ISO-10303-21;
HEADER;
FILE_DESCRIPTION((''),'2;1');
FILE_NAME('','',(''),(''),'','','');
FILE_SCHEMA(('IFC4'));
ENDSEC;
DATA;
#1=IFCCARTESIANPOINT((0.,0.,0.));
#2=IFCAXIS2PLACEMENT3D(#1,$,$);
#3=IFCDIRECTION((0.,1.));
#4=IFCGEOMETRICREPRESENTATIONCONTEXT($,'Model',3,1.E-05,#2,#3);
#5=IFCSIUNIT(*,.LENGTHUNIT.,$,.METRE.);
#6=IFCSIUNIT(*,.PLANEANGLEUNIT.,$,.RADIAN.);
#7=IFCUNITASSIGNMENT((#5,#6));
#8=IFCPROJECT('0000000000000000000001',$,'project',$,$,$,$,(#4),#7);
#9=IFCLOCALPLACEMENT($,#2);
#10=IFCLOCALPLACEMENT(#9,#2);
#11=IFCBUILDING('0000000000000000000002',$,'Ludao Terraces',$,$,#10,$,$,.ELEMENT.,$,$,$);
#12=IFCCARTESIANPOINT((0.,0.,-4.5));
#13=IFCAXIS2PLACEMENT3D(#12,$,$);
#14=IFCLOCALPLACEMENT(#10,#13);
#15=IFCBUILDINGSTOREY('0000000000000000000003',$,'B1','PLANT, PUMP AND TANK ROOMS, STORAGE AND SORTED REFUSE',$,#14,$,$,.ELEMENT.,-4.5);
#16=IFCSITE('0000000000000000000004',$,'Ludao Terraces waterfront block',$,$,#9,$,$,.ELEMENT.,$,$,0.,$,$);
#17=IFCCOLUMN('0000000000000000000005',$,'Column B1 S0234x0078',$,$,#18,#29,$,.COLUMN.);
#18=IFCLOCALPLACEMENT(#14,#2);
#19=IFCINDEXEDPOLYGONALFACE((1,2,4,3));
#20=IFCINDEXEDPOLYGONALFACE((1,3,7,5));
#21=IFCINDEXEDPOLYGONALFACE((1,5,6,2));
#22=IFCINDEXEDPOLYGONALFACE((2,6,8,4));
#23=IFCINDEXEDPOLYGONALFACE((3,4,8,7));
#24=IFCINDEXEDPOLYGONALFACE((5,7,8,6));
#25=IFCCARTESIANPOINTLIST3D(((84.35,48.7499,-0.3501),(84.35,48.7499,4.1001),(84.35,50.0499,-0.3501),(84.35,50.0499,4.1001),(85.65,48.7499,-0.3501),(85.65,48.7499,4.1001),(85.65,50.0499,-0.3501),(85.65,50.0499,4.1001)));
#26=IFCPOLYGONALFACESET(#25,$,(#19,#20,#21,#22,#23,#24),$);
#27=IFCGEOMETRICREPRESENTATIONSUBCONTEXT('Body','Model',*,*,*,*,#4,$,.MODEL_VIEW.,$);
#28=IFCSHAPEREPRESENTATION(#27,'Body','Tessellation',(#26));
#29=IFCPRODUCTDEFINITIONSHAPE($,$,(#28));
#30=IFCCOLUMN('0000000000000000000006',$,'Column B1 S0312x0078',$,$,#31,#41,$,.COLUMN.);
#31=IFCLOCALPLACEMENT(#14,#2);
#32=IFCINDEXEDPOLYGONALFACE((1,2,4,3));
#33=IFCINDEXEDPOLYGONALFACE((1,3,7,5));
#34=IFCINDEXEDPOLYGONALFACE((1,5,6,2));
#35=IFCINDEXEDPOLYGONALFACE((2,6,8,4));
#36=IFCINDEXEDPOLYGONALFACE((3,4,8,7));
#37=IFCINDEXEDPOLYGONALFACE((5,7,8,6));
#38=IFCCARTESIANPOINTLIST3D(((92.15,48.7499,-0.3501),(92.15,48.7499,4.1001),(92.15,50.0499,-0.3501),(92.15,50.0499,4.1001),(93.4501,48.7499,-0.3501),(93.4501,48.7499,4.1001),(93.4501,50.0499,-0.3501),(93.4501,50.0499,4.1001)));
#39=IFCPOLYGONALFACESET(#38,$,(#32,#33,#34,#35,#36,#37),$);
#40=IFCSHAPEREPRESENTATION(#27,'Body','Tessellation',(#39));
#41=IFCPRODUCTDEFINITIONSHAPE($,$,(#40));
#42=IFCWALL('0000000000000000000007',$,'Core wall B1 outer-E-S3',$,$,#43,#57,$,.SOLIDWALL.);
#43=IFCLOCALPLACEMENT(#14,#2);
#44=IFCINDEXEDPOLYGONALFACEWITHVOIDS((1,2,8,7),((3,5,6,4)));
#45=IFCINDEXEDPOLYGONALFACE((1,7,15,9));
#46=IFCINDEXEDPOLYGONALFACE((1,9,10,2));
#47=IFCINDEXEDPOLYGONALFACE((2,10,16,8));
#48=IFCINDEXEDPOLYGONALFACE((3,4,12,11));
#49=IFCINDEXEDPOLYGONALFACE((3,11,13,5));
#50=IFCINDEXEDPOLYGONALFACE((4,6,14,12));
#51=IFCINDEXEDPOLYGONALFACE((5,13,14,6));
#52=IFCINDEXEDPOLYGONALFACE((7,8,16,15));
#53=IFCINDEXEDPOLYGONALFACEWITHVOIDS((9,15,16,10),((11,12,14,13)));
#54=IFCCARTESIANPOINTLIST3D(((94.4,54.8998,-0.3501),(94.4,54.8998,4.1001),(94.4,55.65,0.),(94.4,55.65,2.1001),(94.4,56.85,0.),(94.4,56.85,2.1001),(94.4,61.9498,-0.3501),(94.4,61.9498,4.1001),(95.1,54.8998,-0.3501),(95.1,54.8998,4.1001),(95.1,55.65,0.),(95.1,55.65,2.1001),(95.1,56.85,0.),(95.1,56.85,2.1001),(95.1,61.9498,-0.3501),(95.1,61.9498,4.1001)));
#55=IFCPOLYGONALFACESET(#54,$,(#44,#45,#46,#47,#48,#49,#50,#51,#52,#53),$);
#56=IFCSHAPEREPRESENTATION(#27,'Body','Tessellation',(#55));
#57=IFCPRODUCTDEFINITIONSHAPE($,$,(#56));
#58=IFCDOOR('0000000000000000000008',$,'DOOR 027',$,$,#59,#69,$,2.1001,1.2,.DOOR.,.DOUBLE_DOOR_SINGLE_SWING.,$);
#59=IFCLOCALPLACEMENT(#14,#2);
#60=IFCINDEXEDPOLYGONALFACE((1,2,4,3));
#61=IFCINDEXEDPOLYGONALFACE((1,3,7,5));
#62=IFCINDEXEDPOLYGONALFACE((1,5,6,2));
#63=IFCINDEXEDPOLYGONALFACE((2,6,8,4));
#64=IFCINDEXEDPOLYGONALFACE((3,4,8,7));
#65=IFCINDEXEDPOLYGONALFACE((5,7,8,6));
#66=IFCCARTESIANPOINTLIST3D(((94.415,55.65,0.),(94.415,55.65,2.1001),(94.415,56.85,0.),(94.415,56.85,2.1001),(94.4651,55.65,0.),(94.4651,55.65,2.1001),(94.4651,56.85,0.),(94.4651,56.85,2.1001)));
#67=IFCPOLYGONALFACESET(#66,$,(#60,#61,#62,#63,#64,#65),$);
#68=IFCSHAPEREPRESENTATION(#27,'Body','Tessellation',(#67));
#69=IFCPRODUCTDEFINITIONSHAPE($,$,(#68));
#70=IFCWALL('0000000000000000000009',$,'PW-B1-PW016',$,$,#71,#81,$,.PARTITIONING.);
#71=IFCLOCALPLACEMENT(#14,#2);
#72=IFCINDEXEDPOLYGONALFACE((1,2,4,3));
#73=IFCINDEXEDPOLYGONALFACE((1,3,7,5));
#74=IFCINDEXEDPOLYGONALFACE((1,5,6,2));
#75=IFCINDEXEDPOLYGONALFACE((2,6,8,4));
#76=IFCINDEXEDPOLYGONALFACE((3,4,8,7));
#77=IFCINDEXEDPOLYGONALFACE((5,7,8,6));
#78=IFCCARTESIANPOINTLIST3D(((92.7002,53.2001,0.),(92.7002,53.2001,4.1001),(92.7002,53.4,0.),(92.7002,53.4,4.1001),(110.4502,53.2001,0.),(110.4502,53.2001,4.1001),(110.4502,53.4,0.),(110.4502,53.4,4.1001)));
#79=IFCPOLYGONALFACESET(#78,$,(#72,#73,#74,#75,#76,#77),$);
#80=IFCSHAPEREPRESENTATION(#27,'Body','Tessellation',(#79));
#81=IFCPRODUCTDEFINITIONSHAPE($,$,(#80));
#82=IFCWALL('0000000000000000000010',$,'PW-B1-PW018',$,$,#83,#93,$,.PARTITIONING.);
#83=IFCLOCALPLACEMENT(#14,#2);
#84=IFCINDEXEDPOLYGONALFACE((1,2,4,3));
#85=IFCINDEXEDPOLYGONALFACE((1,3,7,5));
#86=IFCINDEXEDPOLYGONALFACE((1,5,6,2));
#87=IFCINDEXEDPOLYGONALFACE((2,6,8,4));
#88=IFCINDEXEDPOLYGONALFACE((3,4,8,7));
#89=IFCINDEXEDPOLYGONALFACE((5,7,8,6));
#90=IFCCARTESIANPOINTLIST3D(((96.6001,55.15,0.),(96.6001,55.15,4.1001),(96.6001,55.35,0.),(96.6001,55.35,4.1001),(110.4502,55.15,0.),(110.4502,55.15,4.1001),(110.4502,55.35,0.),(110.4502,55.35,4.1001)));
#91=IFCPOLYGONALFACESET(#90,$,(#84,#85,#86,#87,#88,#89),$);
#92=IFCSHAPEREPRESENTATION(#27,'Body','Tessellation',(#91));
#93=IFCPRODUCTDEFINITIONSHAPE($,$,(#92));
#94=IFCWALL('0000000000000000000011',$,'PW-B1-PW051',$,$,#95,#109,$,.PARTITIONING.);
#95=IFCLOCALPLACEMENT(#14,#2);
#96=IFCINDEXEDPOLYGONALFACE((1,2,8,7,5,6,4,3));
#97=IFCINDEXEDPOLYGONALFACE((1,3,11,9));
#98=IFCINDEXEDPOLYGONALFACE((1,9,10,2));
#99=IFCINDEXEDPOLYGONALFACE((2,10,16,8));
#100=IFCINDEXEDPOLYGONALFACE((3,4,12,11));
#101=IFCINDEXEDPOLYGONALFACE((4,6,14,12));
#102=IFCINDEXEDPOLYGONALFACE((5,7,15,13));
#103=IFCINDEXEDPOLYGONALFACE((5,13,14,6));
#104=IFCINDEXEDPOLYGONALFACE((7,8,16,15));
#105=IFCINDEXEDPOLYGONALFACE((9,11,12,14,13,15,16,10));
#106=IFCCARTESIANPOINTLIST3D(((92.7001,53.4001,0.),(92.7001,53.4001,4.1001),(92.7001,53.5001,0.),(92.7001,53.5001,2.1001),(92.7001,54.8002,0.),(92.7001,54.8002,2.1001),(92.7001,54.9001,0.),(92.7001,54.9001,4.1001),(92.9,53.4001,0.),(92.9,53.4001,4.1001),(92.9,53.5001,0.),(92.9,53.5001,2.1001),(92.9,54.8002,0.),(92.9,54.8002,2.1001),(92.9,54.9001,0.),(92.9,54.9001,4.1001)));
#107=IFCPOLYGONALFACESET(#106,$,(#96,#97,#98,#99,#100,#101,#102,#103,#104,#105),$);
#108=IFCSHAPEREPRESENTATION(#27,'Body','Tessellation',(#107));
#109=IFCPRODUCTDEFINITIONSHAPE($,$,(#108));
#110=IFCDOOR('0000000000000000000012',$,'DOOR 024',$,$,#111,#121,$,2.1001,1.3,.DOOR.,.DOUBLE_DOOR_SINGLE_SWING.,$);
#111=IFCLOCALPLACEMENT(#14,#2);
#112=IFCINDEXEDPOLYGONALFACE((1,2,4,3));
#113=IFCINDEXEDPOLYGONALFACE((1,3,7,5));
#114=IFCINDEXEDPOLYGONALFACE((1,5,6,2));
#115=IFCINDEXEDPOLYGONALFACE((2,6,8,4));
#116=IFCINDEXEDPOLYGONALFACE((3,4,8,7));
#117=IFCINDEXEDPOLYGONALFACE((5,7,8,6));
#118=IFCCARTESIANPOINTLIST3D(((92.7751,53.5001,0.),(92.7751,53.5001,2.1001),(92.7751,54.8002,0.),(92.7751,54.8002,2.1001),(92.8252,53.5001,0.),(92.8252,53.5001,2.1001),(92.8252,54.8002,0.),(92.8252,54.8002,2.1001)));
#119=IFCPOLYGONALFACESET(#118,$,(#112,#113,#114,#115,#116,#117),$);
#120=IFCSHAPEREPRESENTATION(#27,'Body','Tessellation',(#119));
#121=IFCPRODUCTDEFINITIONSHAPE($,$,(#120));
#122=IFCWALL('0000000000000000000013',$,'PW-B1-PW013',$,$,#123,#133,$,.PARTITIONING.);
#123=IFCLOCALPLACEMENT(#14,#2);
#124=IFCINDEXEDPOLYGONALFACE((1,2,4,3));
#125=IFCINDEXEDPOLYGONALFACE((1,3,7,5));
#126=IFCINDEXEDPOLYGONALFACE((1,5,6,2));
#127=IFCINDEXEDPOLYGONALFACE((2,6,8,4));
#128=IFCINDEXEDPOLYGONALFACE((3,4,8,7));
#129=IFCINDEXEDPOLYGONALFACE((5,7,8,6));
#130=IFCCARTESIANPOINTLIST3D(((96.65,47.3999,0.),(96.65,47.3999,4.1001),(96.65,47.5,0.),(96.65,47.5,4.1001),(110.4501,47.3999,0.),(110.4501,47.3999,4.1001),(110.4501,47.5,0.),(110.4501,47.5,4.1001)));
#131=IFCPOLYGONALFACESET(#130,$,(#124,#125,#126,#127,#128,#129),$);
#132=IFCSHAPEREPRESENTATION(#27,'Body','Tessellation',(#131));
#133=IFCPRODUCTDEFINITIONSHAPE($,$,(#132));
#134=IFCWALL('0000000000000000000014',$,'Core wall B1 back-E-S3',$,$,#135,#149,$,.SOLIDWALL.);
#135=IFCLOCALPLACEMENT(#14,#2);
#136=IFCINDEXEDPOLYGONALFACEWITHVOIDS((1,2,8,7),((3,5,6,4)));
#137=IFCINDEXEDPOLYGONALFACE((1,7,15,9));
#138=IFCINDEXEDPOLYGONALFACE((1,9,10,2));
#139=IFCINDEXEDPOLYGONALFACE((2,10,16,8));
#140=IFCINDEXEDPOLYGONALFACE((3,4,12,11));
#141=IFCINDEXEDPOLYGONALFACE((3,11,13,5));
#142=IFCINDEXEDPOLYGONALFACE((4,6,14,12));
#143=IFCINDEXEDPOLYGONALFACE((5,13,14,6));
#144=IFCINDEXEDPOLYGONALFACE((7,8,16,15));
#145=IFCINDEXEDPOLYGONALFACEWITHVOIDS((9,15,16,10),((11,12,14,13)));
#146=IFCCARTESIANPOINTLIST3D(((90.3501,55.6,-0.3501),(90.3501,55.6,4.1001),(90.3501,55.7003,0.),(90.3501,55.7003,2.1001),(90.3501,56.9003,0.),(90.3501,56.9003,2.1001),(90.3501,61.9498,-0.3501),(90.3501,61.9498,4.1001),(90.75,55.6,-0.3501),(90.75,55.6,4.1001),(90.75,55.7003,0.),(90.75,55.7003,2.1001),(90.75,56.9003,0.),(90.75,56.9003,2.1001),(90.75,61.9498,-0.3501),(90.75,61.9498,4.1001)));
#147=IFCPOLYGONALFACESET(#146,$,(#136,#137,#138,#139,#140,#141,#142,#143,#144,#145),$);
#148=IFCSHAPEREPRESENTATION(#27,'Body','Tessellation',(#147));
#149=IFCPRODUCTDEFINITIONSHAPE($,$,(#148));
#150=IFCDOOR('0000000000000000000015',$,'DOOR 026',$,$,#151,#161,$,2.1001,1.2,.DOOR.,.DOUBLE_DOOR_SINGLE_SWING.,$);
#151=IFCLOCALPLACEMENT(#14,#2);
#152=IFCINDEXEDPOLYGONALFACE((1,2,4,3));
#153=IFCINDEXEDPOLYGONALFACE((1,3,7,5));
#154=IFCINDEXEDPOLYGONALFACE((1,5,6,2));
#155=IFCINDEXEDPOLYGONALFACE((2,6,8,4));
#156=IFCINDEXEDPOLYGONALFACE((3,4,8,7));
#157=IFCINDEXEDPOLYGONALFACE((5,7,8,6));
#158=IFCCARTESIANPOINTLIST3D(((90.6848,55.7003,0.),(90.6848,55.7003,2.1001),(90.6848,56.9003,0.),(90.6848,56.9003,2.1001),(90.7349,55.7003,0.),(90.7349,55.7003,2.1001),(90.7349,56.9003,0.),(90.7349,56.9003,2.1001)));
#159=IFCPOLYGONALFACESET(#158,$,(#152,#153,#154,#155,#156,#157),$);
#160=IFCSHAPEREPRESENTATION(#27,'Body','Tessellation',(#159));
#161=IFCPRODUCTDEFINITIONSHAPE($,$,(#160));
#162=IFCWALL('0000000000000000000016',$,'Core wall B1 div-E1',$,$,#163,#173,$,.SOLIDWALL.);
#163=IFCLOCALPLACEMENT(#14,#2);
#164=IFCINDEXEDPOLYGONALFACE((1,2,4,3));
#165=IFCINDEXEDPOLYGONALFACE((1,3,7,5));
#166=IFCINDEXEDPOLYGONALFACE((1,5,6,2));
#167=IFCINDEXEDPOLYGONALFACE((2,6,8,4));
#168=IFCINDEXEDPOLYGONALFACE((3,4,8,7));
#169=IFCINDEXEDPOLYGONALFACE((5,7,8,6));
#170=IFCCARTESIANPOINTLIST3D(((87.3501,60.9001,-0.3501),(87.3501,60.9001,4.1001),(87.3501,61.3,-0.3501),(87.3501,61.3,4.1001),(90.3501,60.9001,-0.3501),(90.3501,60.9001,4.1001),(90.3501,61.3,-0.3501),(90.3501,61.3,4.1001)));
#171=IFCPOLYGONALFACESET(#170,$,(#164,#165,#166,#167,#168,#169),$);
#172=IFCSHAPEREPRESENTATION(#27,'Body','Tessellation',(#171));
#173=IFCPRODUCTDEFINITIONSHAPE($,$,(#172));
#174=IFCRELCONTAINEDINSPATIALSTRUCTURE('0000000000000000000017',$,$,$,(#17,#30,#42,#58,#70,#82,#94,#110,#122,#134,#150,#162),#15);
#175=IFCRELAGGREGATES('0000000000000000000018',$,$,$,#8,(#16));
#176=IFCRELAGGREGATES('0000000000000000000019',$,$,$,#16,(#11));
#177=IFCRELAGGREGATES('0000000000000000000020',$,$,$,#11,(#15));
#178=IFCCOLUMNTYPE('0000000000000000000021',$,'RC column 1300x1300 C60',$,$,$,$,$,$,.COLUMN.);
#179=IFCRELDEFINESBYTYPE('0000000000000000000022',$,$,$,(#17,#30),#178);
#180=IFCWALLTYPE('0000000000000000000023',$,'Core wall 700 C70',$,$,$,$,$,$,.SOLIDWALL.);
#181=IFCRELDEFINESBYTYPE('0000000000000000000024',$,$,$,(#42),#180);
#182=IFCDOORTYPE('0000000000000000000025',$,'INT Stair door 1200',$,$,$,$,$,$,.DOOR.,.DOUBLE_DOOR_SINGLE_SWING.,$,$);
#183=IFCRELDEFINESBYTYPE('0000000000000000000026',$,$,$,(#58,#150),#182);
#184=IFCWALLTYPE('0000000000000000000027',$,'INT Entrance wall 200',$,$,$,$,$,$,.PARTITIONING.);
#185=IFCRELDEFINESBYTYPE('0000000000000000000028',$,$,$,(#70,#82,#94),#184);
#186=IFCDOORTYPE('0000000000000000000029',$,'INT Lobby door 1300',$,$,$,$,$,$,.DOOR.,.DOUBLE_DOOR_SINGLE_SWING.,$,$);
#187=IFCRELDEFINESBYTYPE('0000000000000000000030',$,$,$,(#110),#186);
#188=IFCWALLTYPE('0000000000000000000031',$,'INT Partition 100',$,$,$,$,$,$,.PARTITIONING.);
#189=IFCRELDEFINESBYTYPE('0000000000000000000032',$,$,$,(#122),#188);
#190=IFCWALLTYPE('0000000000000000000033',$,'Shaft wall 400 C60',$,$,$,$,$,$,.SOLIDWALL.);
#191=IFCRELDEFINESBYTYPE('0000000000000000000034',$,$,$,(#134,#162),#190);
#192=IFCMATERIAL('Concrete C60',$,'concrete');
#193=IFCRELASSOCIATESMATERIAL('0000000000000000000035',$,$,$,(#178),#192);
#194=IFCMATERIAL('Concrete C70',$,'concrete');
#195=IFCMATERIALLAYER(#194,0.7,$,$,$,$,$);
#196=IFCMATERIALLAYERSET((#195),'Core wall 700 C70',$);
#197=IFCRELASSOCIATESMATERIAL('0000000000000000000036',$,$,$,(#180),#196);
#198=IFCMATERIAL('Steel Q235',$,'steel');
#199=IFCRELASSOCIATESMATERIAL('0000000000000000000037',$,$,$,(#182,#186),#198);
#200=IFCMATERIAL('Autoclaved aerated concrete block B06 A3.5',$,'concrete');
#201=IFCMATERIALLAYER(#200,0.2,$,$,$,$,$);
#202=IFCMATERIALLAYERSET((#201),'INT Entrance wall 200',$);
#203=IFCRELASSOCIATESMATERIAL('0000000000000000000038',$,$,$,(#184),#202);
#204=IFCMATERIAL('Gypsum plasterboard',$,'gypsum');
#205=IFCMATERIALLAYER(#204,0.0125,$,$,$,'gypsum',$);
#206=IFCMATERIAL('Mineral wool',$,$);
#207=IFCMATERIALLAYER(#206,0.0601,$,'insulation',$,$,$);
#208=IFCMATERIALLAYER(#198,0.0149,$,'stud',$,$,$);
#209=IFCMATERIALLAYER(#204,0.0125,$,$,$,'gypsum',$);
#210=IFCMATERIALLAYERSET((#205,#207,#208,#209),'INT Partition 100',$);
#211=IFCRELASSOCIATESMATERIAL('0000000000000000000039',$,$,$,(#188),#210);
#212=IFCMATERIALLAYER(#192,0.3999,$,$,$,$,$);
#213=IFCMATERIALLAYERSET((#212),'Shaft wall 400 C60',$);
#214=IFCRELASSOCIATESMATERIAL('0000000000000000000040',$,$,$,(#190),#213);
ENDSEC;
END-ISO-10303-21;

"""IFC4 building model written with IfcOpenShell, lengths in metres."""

from ifc_helpers import new_model, si_unit, direction, frame, frame_2d, origin, origin_2d, place, context, subcontext, project, spatial, rectangle, extrude, material, layer, layer_set, material_profile, profile_set, type_object, element, fill, save


model = new_model("IFC4")

# Units and contexts
model_context = context("Model", 3, precision=1e-05, world=origin(), true_north=direction((0.0, 1.0)))
body_context = subcontext(model_context, "Body", "Model", "MODEL_VIEW")
ifc_project = project(units=[si_unit("LENGTHUNIT", "METRE"), si_unit("PLANEANGLEUNIT", "RADIAN")], contexts=[model_context])

# Site, building, storey
site_placement = place(None, origin())
site = spatial("IfcSite", under=ifc_project, at=site_placement, Name="Ludao Terraces waterfront block", CompositionType="ELEMENT", RefElevation=0.0)
building_placement = place(site_placement, origin())
building = spatial("IfcBuilding", under=site, at=building_placement, Name="Ludao Terraces", CompositionType="ELEMENT")
storey_placement = place(building_placement, frame((0.0, 0.0, -4.5)))
storey = spatial("IfcBuildingStorey", under=building, at=storey_placement, Name="B1", Description="PLANT, PUMP AND TANK ROOMS, STORAGE AND SORTED REFUSE", CompositionType="ELEMENT", Elevation=-4.5)

# Columns
ifc_material_1 = material(Name="Concrete C60", Category="concrete")
ifc_material_profile = material_profile(ifc_material_1, rectangle(XDim=1.3, YDim=1.3, at=origin_2d()), Name="1300 X 1300")
ifc_profile_set = profile_set([ifc_material_profile], Name="Concrete C60")
column_type = type_object("IfcColumnType", Name="RC column 1300x1300 C60", PredefinedType="COLUMN", material=ifc_profile_set)
for number, where, z_axis, x_axis, name in (
    (1, (85.0, 49.3999, -0.3501), (0.0, 0.0, 1.0), (1.0, 0.0, 0.0), "Column B1 S0234x0078"),
    (2, (92.8, 49.3999, -0.3501), (0.0, 0.0, 1.0), (1.0, 0.0, 0.0), "Column B1 S0312x0078"),
):
    element("IfcColumn", number, at=place(storey_placement, frame(where, z_axis=z_axis, x_axis=x_axis)), inside=storey, type_object=column_type, Name=name, PredefinedType="COLUMN", context=body_context, shape_type="SweptSolid", body=[
        extrude(rectangle(XDim=1.3, YDim=1.3, at=origin_2d()), origin(), (0.0, 0.0, 1.0), 4.4502),
    ])

# Wall, opening, door
ifc_material_2 = material(Name="Concrete C70", Category="concrete")
ifc_layer_1 = layer(ifc_material_2, 0.7)
ifc_layer_set_1 = layer_set([ifc_layer_1], Name="Core wall 700 C70")
wall_type_1 = type_object("IfcWallType", Name="Core wall 700 C70", PredefinedType="SOLIDWALL", material=ifc_layer_set_1)
wall_1_placement = place(storey_placement, frame((94.75, 54.8999, -0.3501), z_axis=(0.0, 0.0, 1.0), x_axis=(0.0, 1.0, 0.0)))
wall_1 = element("IfcWall", 3, at=wall_1_placement, inside=storey, type_object=wall_type_1, Name="Core wall B1 outer-E-S3", PredefinedType="SOLIDWALL", context=body_context, shape_type="SweptSolid", body=[
    extrude(rectangle(XDim=7.05, YDim=0.7, at=frame_2d((3.5249, 0.0))), origin(), (0.0, 0.0, 1.0), 4.4502),
])
opening_1_placement = place(wall_1_placement, frame((0.75, 0.0, 0.3501)))
opening_1 = element("IfcOpeningElement", 4, at=opening_1_placement, cuts=wall_1, PredefinedType="OPENING", context=body_context, shape_type="SweptSolid", body=[
    extrude(rectangle(XDim=1.2, YDim=2.1001, at=frame_2d((0.6001, 1.05))), frame((0.0, 0.3599, 0.0), z_axis=(0.0, -1.0, 0.0), x_axis=(1.0, 0.0, 0.0)), (0.0, 0.0, 1.0), 0.72),
])
ifc_material_3 = material(Name="Steel Q235", Category="steel")
door_type_1 = type_object("IfcDoorType", Name="INT Stair door 1200", OperationType="DOUBLE_DOOR_SINGLE_SWING", PredefinedType="DOOR", material=ifc_material_3)
door_1_placement = place(opening_1_placement, origin())
door_1 = element("IfcDoor", 5, at=door_1_placement, inside=storey, type_object=door_type_1, Name="DOOR 027", OperationType="DOUBLE_DOOR_SINGLE_SWING", OverallHeight=2.1001, OverallWidth=1.2, PredefinedType="DOOR", context=body_context, shape_type="SweptSolid", body=[
    extrude(rectangle(XDim=1.2, YDim=2.1001, at=frame_2d((0.6001, 1.05))), frame((0.0, 0.335, 0.0), z_axis=(0.0, -1.0, 0.0), x_axis=(1.0, 0.0, 0.0)), (0.0, 0.0, 1.0), 0.05),
])
fill(opening_1, door_1)

# Walls
ifc_material_4 = material(Name="Autoclaved aerated concrete block B06 A3.5", Category="concrete")
ifc_layer_2 = layer(ifc_material_4, 0.2)
ifc_layer_set_2 = layer_set([ifc_layer_2], Name="INT Entrance wall 200")
wall_type_2 = type_object("IfcWallType", Name="INT Entrance wall 200", PredefinedType="PARTITIONING", material=ifc_layer_set_2)
wall_2_placement = place(storey_placement, frame((92.7002, 53.3, 0.0), z_axis=(0.0, 0.0, 1.0), x_axis=(1.0, 0.0, 0.0)))
element("IfcWall", 6, at=wall_2_placement, inside=storey, type_object=wall_type_2, Name="PW-B1-PW016", PredefinedType="PARTITIONING", context=body_context, shape_type="SweptSolid", body=[
    extrude(rectangle(XDim=17.75, YDim=0.2, at=frame_2d((8.875, 0.0))), origin(), (0.0, 0.0, 1.0), 4.1001),
])
wall_3_placement = place(storey_placement, frame((96.6001, 55.25, 0.0), z_axis=(0.0, 0.0, 1.0), x_axis=(1.0, 0.0, 0.0)))
element("IfcWall", 7, at=wall_3_placement, inside=storey, type_object=wall_type_2, Name="PW-B1-PW018", PredefinedType="PARTITIONING", context=body_context, shape_type="SweptSolid", body=[
    extrude(rectangle(XDim=13.8501, YDim=0.2, at=frame_2d((6.925, 0.0))), origin(), (0.0, 0.0, 1.0), 4.1001),
])

# Wall, opening, door
wall_4_placement = place(storey_placement, frame((92.8, 53.4001, 0.0), z_axis=(0.0, 0.0, 1.0), x_axis=(0.0, 1.0, 0.0)))
wall_4 = element("IfcWall", 8, at=wall_4_placement, inside=storey, type_object=wall_type_2, Name="PW-B1-PW051", PredefinedType="PARTITIONING", context=body_context, shape_type="SweptSolid", body=[
    extrude(rectangle(XDim=1.5, YDim=0.2, at=frame_2d((0.75, 0.0))), origin(), (0.0, 0.0, 1.0), 4.1001),
])
opening_2_placement = place(wall_4_placement, frame((0.1001, 0.0, 0.0)))
opening_2 = element("IfcOpeningElement", 9, at=opening_2_placement, cuts=wall_4, PredefinedType="OPENING", context=body_context, shape_type="SweptSolid", body=[
    extrude(rectangle(XDim=1.3, YDim=2.1001, at=frame_2d((0.6499, 1.05))), frame((0.0, 0.1099, 0.0), z_axis=(0.0, -1.0, 0.0), x_axis=(1.0, 0.0, 0.0)), (0.0, 0.0, 1.0), 0.22),
])
door_type_2 = type_object("IfcDoorType", Name="INT Lobby door 1300", OperationType="DOUBLE_DOOR_SINGLE_SWING", PredefinedType="DOOR", material=ifc_material_3)
door_2_placement = place(opening_2_placement, origin())
door_2 = element("IfcDoor", 10, at=door_2_placement, inside=storey, type_object=door_type_2, Name="DOOR 024", OperationType="DOUBLE_DOOR_SINGLE_SWING", OverallHeight=2.1001, OverallWidth=1.3, PredefinedType="DOOR", context=body_context, shape_type="SweptSolid", body=[
    extrude(rectangle(XDim=1.3, YDim=2.1001, at=frame_2d((0.6499, 1.05))), frame((0.0, 0.0249, 0.0), z_axis=(0.0, -1.0, 0.0), x_axis=(1.0, 0.0, 0.0)), (0.0, 0.0, 1.0), 0.05),
])
fill(opening_2, door_2)

# Wall
ifc_material_5 = material(Name="Gypsum plasterboard", Category="gypsum")
ifc_layer_3 = layer(ifc_material_5, 0.0125, Category="gypsum")
ifc_material_6 = material(Name="Mineral wool")
ifc_layer_4 = layer(ifc_material_6, 0.0601, Name="insulation")
ifc_layer_5 = layer(ifc_material_3, 0.0149, Name="stud")
ifc_layer_6 = layer(ifc_material_5, 0.0125, Category="gypsum")
ifc_layer_set_3 = layer_set([ifc_layer_3, ifc_layer_4, ifc_layer_5, ifc_layer_6], Name="INT Partition 100")
wall_type_3 = type_object("IfcWallType", Name="INT Partition 100", PredefinedType="PARTITIONING", material=ifc_layer_set_3)
wall_5_placement = place(storey_placement, frame((96.6501, 47.45, 0.0), z_axis=(0.0, 0.0, 1.0), x_axis=(1.0, 0.0, 0.0)))
element("IfcWall", 11, at=wall_5_placement, inside=storey, type_object=wall_type_3, Name="PW-B1-PW013", PredefinedType="PARTITIONING", context=body_context, shape_type="SweptSolid", body=[
    extrude(rectangle(XDim=13.8, YDim=0.1001, at=frame_2d((6.8999, 0.0))), origin(), (0.0, 0.0, 1.0), 4.1001),
])

# Wall, opening, door
ifc_layer_7 = layer(ifc_material_1, 0.3999)
ifc_layer_set_4 = layer_set([ifc_layer_7], Name="Shaft wall 400 C60")
wall_type_4 = type_object("IfcWallType", Name="Shaft wall 400 C60", PredefinedType="SOLIDWALL", material=ifc_layer_set_4)
wall_6_placement = place(storey_placement, frame((90.55, 55.6001, -0.3501), z_axis=(0.0, 0.0, 1.0), x_axis=(0.0, 1.0, 0.0)))
wall_6 = element("IfcWall", 12, at=wall_6_placement, inside=storey, type_object=wall_type_4, Name="Core wall B1 back-E-S3", PredefinedType="SOLIDWALL", context=body_context, shape_type="SweptSolid", body=[
    extrude(rectangle(XDim=6.3499, YDim=0.3999, at=frame_2d((3.1748, 0.0))), origin(), (0.0, 0.0, 1.0), 4.4502),
])
opening_3_placement = place(wall_6_placement, frame((0.1001, 0.0, 0.3501)))
opening_3 = element("IfcOpeningElement", 13, at=opening_3_placement, cuts=wall_6, PredefinedType="OPENING", context=body_context, shape_type="SweptSolid", body=[
    extrude(rectangle(XDim=1.2, YDim=2.1001, at=frame_2d((0.6001, 1.05))), frame((0.0, 0.21, 0.0), z_axis=(0.0, -1.0, 0.0), x_axis=(1.0, 0.0, 0.0)), (0.0, 0.0, 1.0), 0.4199),
])
door_3_placement = place(opening_3_placement, origin())
door_3 = element("IfcDoor", 14, at=door_3_placement, inside=storey, type_object=door_type_1, Name="DOOR 026", OperationType="DOUBLE_DOOR_SINGLE_SWING", OverallHeight=2.1001, OverallWidth=1.2, PredefinedType="DOOR", context=body_context, shape_type="SweptSolid", body=[
    extrude(rectangle(XDim=1.2, YDim=2.1001, at=frame_2d((0.6001, 1.05))), frame((0.0, -0.1348, 0.0), z_axis=(0.0, -1.0, 0.0), x_axis=(1.0, 0.0, 0.0)), (0.0, 0.0, 1.0), 0.05),
])
fill(opening_3, door_3)

# Wall
wall_7_placement = place(storey_placement, frame((87.3501, 61.1001, -0.3501), z_axis=(0.0, 0.0, 1.0), x_axis=(1.0, 0.0, 0.0)))
element("IfcWall", 15, at=wall_7_placement, inside=storey, type_object=wall_type_4, Name="Core wall B1 div-E1", PredefinedType="SOLIDWALL", context=body_context, shape_type="SweptSolid", body=[
    extrude(rectangle(XDim=3.0, YDim=0.3999, at=frame_2d((1.5, 0.0))), origin(), (0.0, 0.0, 1.0), 4.4502),
])

save(model, "model.ifc")
